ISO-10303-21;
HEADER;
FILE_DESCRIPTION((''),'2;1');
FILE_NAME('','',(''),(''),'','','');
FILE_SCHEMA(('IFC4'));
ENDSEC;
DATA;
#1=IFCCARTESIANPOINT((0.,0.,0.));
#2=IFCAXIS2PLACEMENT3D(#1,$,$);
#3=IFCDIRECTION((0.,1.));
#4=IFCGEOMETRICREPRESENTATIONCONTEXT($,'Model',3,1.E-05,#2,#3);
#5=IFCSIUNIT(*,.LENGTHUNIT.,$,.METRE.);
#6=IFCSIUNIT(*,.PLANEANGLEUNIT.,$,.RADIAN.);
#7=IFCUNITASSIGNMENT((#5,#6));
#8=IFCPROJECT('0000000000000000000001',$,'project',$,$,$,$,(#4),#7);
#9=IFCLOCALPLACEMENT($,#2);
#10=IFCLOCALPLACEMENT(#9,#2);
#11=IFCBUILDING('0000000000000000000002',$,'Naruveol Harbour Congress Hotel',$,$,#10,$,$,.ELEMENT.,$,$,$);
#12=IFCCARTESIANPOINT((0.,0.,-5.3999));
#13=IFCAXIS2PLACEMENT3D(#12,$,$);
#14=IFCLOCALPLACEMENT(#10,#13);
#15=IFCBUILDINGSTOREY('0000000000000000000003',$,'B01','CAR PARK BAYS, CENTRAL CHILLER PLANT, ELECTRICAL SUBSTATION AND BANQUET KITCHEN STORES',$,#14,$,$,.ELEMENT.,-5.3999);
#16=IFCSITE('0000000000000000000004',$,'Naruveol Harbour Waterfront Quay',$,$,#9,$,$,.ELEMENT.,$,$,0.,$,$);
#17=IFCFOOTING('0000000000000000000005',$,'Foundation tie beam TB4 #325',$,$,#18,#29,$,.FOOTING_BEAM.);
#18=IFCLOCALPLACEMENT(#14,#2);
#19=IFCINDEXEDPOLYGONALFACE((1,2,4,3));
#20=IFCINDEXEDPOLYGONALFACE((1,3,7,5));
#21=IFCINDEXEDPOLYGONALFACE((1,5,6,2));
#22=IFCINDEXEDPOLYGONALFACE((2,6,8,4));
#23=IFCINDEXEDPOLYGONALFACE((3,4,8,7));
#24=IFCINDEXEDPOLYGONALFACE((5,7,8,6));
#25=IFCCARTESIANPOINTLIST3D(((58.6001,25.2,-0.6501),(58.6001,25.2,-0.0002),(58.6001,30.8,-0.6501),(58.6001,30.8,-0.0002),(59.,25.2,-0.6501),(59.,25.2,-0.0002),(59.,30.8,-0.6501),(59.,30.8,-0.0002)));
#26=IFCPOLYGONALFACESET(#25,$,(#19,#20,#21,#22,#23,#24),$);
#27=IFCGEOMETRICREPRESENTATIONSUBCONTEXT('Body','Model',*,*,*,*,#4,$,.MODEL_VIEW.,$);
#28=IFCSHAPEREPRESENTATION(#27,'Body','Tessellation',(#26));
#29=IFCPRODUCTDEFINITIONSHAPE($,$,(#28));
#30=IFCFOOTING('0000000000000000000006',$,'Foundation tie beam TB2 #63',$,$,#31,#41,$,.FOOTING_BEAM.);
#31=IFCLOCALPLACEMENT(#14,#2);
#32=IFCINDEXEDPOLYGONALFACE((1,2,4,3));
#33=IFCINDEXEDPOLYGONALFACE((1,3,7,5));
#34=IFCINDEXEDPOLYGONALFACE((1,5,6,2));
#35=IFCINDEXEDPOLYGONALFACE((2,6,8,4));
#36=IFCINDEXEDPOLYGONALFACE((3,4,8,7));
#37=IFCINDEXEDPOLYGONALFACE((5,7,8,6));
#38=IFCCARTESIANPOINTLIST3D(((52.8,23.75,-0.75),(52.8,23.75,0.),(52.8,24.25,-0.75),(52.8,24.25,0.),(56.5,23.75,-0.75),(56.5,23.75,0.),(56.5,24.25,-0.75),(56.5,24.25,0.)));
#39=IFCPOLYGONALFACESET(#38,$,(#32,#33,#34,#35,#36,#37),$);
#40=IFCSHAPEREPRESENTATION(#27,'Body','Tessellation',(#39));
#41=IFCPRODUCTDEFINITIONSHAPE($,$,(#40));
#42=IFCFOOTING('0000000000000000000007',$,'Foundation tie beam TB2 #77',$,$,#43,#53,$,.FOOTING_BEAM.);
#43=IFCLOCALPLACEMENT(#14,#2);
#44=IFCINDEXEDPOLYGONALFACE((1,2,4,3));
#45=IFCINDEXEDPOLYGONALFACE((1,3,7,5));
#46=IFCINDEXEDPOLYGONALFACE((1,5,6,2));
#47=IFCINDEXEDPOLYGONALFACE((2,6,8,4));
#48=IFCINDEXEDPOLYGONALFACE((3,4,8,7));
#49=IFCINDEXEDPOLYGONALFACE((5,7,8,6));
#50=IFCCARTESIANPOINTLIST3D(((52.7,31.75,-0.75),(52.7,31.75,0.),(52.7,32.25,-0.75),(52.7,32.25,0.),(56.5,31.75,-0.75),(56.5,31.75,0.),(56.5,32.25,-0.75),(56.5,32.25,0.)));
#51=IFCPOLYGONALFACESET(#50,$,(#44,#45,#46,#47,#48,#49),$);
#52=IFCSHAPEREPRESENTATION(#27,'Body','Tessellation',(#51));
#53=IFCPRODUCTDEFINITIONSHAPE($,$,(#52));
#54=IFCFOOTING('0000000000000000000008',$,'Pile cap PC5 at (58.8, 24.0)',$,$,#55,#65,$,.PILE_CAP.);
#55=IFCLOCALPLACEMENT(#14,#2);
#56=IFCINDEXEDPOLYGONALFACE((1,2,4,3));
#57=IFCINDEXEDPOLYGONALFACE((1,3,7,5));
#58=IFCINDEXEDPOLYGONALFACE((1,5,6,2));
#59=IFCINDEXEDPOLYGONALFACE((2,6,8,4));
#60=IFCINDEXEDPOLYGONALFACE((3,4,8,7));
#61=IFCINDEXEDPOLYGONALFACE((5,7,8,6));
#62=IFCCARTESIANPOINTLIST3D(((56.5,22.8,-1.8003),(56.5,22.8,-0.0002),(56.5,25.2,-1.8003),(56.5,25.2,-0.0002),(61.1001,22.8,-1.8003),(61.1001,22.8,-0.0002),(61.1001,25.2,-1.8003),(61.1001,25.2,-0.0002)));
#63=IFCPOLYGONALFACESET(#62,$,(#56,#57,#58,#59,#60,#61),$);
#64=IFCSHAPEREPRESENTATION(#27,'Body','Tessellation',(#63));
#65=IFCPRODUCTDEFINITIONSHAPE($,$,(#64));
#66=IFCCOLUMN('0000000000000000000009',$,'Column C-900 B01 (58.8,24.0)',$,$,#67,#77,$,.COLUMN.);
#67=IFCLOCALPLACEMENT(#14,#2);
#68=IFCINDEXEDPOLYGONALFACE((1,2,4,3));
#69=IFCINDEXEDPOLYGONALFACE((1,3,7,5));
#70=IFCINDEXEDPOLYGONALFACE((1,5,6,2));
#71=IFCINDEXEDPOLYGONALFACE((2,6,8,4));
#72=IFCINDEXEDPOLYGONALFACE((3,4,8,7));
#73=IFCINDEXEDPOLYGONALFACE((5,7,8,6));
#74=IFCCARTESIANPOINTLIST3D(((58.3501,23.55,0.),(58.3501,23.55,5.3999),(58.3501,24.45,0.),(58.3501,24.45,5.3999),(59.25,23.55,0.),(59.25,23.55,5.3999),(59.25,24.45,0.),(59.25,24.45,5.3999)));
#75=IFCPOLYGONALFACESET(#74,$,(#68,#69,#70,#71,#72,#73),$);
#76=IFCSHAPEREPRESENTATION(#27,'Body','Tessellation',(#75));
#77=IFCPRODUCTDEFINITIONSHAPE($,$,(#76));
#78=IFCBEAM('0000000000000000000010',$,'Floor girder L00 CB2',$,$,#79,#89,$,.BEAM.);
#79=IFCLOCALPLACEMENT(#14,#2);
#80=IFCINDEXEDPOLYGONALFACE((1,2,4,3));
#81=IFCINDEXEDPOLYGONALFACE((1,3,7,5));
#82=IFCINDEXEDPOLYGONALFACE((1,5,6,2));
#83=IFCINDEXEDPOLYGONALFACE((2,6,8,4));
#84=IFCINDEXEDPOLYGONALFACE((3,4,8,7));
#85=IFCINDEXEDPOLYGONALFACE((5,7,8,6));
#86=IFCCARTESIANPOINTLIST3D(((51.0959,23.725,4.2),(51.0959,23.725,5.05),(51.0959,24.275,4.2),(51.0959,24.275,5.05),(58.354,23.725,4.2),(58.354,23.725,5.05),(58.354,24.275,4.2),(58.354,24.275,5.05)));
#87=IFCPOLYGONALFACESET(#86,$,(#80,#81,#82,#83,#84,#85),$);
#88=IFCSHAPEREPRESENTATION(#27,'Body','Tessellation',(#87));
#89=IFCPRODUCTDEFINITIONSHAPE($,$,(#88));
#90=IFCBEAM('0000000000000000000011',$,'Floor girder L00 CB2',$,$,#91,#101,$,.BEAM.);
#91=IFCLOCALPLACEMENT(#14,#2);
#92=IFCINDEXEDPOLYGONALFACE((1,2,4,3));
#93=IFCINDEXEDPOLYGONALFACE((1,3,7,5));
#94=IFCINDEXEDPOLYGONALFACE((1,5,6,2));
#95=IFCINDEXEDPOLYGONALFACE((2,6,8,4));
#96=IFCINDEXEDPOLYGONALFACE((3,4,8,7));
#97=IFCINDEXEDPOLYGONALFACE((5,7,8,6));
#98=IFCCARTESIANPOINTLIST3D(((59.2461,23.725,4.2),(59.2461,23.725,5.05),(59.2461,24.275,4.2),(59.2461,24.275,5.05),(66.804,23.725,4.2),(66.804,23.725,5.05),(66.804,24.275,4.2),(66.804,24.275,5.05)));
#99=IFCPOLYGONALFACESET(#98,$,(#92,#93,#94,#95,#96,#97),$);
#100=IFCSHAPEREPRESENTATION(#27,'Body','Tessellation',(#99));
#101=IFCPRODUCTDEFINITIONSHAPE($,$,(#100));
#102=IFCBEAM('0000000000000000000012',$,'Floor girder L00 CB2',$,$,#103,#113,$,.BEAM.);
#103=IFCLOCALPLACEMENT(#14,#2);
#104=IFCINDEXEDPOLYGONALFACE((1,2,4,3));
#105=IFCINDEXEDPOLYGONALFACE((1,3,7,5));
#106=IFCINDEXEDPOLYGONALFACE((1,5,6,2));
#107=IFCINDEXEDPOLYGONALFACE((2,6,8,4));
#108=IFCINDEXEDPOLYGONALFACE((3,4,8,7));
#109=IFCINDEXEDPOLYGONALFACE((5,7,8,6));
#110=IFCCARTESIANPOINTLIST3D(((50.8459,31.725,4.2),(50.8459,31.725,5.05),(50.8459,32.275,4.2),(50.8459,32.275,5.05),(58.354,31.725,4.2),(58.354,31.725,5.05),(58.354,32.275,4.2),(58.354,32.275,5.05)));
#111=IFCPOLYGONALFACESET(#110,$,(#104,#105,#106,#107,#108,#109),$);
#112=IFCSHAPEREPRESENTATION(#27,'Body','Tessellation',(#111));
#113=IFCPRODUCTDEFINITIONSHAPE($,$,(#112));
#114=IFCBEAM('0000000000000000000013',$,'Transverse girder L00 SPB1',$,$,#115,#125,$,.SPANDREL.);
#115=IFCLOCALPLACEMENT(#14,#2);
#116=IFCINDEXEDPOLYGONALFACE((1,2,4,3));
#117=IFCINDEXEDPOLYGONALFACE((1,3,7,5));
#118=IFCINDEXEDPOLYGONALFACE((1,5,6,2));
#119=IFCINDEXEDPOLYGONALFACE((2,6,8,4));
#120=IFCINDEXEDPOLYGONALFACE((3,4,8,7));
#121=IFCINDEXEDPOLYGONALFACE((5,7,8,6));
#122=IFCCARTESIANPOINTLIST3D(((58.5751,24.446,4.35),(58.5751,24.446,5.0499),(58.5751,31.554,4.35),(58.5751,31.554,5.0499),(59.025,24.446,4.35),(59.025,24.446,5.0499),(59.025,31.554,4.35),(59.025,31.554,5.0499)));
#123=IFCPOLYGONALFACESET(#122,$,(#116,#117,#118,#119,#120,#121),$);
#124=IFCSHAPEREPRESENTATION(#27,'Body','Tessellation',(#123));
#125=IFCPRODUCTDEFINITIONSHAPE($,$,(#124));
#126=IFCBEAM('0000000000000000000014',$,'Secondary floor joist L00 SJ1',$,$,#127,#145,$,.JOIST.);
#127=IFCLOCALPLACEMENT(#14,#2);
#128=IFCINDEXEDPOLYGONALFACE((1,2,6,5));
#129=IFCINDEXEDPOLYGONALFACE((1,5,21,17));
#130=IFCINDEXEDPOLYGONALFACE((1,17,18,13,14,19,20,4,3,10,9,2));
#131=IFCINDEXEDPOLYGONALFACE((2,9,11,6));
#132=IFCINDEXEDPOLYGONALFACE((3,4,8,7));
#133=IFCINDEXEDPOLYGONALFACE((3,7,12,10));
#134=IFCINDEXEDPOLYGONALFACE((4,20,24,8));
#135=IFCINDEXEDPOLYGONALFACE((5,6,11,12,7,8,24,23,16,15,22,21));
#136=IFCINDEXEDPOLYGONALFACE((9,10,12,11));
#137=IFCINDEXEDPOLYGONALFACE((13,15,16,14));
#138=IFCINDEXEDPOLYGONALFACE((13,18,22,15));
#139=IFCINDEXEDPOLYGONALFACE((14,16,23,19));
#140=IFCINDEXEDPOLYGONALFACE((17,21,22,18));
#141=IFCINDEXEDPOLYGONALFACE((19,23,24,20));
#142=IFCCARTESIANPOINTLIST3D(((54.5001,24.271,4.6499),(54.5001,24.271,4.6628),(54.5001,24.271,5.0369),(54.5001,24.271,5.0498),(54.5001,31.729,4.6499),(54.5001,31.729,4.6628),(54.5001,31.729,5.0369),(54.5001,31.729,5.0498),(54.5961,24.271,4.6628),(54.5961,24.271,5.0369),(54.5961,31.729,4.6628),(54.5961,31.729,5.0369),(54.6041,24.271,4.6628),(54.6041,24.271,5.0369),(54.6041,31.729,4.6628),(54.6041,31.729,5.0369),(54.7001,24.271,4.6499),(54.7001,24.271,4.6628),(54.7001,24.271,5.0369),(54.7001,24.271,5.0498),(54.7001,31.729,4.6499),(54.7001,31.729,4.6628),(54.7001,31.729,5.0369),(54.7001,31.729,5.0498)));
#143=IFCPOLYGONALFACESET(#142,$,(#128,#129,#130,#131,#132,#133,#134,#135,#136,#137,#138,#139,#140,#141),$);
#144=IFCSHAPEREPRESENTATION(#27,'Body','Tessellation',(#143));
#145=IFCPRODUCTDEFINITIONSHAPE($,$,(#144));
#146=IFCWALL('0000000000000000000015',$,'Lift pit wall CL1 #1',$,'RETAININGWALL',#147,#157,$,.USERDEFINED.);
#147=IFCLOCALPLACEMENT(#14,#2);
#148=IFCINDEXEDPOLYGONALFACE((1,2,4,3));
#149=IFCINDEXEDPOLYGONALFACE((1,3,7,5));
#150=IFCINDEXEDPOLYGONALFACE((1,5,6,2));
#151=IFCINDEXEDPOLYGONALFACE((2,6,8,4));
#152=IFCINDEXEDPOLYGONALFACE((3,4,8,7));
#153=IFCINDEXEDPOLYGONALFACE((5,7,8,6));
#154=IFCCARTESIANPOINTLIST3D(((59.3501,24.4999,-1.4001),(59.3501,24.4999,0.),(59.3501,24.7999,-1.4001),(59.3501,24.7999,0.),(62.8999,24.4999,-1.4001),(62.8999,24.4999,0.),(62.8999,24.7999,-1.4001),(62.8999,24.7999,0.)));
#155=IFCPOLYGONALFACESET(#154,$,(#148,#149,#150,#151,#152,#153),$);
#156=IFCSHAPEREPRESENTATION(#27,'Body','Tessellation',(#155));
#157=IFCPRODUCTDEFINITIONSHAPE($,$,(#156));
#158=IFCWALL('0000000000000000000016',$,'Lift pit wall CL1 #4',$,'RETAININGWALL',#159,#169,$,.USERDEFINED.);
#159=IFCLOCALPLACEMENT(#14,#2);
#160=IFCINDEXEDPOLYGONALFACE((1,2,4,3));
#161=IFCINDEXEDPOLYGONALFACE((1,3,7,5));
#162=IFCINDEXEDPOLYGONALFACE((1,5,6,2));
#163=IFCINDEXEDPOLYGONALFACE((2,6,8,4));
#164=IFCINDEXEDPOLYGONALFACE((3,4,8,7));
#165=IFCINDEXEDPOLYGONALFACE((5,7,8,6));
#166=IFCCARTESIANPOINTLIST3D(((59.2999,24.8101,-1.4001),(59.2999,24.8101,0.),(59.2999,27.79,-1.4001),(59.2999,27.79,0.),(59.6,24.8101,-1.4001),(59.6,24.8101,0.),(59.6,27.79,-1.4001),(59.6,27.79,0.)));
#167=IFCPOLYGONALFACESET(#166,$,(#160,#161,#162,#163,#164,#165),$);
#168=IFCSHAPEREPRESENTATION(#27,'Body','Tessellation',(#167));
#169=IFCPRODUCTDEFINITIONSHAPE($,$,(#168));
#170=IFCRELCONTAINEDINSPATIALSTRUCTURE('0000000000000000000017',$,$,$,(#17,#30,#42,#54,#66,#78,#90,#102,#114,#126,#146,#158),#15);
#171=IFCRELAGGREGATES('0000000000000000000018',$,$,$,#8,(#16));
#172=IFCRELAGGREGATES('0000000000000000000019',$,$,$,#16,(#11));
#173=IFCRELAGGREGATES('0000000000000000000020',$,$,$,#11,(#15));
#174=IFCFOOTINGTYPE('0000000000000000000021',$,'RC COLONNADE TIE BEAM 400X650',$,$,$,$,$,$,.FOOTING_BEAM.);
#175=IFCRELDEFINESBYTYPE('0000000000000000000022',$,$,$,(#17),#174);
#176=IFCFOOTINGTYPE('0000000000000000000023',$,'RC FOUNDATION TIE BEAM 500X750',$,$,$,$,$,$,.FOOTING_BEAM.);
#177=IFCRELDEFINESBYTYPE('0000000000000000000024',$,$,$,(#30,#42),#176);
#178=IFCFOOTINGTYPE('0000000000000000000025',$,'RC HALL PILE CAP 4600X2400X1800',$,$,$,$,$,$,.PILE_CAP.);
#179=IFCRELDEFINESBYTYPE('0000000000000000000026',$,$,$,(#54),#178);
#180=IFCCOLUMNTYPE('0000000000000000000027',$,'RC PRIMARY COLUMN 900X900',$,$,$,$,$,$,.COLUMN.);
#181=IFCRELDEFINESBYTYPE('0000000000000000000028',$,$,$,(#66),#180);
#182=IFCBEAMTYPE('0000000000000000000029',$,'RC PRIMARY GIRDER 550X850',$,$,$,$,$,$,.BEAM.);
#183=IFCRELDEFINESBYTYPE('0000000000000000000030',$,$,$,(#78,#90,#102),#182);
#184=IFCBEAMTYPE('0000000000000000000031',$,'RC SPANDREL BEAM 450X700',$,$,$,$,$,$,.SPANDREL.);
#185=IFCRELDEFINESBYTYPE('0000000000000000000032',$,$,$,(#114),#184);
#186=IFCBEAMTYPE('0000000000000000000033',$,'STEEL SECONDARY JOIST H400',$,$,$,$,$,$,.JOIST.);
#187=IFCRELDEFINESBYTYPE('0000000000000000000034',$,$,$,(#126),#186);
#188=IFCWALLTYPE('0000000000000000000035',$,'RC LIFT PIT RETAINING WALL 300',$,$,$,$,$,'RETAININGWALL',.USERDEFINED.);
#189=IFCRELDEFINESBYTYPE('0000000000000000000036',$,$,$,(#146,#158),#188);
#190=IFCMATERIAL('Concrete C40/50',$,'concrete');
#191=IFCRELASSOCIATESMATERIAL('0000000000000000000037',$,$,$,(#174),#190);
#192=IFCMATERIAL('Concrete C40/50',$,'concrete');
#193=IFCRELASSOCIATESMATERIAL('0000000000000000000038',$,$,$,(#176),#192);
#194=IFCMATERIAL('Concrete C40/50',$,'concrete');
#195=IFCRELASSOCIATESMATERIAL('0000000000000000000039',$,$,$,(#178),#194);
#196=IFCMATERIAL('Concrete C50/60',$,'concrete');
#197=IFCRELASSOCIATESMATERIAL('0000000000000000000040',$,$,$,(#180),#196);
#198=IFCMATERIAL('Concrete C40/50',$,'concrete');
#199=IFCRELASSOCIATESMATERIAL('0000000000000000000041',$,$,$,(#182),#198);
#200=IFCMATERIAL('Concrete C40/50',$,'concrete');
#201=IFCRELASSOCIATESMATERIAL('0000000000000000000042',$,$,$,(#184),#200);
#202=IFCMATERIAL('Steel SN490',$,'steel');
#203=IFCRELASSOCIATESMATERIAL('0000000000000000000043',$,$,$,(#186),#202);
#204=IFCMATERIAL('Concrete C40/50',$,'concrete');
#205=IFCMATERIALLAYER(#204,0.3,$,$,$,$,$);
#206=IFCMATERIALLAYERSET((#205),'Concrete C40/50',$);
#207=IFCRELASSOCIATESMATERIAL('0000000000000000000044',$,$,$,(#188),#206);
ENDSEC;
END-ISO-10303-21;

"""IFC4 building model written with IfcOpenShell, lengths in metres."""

from ifc_helpers import new_model, si_unit, direction, frame, frame_2d, origin, origin_2d, place, context, subcontext, project, spatial, rectangle, i_section, extrude, material, layer, layer_set, material_profile, profile_set, type_object, element, save


model = new_model("IFC4")

# Units and contexts
model_context = context("Model", 3, precision=1e-05, world=origin(), true_north=direction((0.0, 1.0)))
body_context = subcontext(model_context, "Body", "Model", "MODEL_VIEW")
ifc_project = project(units=[si_unit("LENGTHUNIT", "METRE"), si_unit("PLANEANGLEUNIT", "RADIAN")], contexts=[model_context])

# Site, building, storey
site_placement = place(None, origin())
site = spatial("IfcSite", under=ifc_project, at=site_placement, Name="Naruveol Harbour Waterfront Quay", CompositionType="ELEMENT", RefElevation=0.0)
building_placement = place(site_placement, origin())
building = spatial("IfcBuilding", under=site, at=building_placement, Name="Naruveol Harbour Congress Hotel", CompositionType="ELEMENT")
storey_placement = place(building_placement, frame((0.0, 0.0, -5.3999)))
storey = spatial("IfcBuildingStorey", under=building, at=storey_placement, Name="B01", Description="CAR PARK BAYS, CENTRAL CHILLER PLANT, ELECTRICAL SUBSTATION AND BANQUET KITCHEN STORES", CompositionType="ELEMENT", Elevation=-5.3999)

# Footings
ifc_material_1 = material(Name="Concrete C40/50", Category="concrete")
ifc_material_profile_1 = material_profile(ifc_material_1, rectangle(XDim=0.3999, YDim=0.6499, at=origin_2d()), Name="RCB-400x650")
ifc_profile_set_1 = profile_set([ifc_material_profile_1], Name="Concrete C40/50")
footing_type_1 = type_object("IfcFootingType", Name="RC COLONNADE TIE BEAM 400X650", PredefinedType="FOOTING_BEAM", material=ifc_profile_set_1)
footing_1_placement = place(storey_placement, frame((58.8, 25.2, -0.3252), z_axis=(0.0, 1.0, 0.0), x_axis=(-1.0, 0.0, 0.0)))
element("IfcFooting", 1, at=footing_1_placement, inside=storey, type_object=footing_type_1, Name="Foundation tie beam TB4 #325", PredefinedType="FOOTING_BEAM", context=body_context, shape_type="SweptSolid", body=[
    extrude(rectangle(XDim=0.3999, YDim=0.6499, at=origin_2d()), origin(), (0.0, 0.0, 1.0), 5.6001),
])
ifc_material_2 = material(Name="Concrete C40/50", Category="concrete")
ifc_material_profile_2 = material_profile(ifc_material_2, rectangle(XDim=0.5, YDim=0.75, at=origin_2d()), Name="RCB-500x750")
ifc_profile_set_2 = profile_set([ifc_material_profile_2], Name="Concrete C40/50")
footing_type_2 = type_object("IfcFootingType", Name="RC FOUNDATION TIE BEAM 500X750", PredefinedType="FOOTING_BEAM", material=ifc_profile_set_2)
footing_2_placement = place(storey_placement, frame((52.8, 24.0, -0.375), z_axis=(1.0, 0.0, 0.0), x_axis=(0.0, 1.0, 0.0)))
element("IfcFooting", 2, at=footing_2_placement, inside=storey, type_object=footing_type_2, Name="Foundation tie beam TB2 #63", PredefinedType="FOOTING_BEAM", context=body_context, shape_type="SweptSolid", body=[
    extrude(rectangle(XDim=0.5, YDim=0.75, at=origin_2d()), origin(), (0.0, 0.0, 1.0), 3.7),
])
footing_3_placement = place(storey_placement, frame((52.7, 32.0, -0.375), z_axis=(1.0, 0.0, 0.0), x_axis=(0.0, 1.0, 0.0)))
element("IfcFooting", 3, at=footing_3_placement, inside=storey, type_object=footing_type_2, Name="Foundation tie beam TB2 #77", PredefinedType="FOOTING_BEAM", context=body_context, shape_type="SweptSolid", body=[
    extrude(rectangle(XDim=0.5, YDim=0.75, at=origin_2d()), origin(), (0.0, 0.0, 1.0), 3.8),
])
ifc_material_3 = material(Name="Concrete C40/50", Category="concrete")
footing_type_3 = type_object("IfcFootingType", Name="RC HALL PILE CAP 4600X2400X1800", PredefinedType="PILE_CAP", material=ifc_material_3)
footing_4_placement = place(storey_placement, frame((58.8, 24.0, -1.8003), z_axis=(0.0, 0.0, 1.0), x_axis=(1.0, 0.0, 0.0)))
element("IfcFooting", 4, at=footing_4_placement, inside=storey, type_object=footing_type_3, Name="Pile cap PC5 at (58.8, 24.0)", PredefinedType="PILE_CAP", context=body_context, shape_type="SweptSolid", body=[
    extrude(rectangle(XDim=4.6001, YDim=2.3999, at=origin_2d()), origin(), (0.0, 0.0, 1.0), 1.8),
])

# Column
ifc_material_4 = material(Name="Concrete C50/60", Category="concrete")
ifc_material_profile_3 = material_profile(ifc_material_4, rectangle(XDim=0.8999, YDim=0.8999, at=origin_2d()), Name="RC-900x900")
ifc_profile_set_3 = profile_set([ifc_material_profile_3], Name="Concrete C50/60")
column_type = type_object("IfcColumnType", Name="RC PRIMARY COLUMN 900X900", PredefinedType="COLUMN", material=ifc_profile_set_3)
column_placement = place(storey_placement, frame((58.8, 24.0, 0.0), z_axis=(0.0, 0.0, 1.0), x_axis=(1.0, 0.0, 0.0)))
element("IfcColumn", 5, at=column_placement, inside=storey, type_object=column_type, Name="Column C-900 B01 (58.8,24.0)", PredefinedType="COLUMN", context=body_context, shape_type="SweptSolid", body=[
    extrude(rectangle(XDim=0.8999, YDim=0.8999, at=origin_2d()), origin(), (0.0, 0.0, 1.0), 5.3999),
])

# Beams
ifc_material_5 = material(Name="Concrete C40/50", Category="concrete")
ifc_material_profile_4 = material_profile(ifc_material_5, rectangle(XDim=0.55, YDim=0.8501, at=origin_2d()), Name="RCB-550x850")
ifc_profile_set_4 = profile_set([ifc_material_profile_4], Name="Concrete C40/50")
beam_type_1 = type_object("IfcBeamType", Name="RC PRIMARY GIRDER 550X850", PredefinedType="BEAM", material=ifc_profile_set_4)
beam_1_placement = place(storey_placement, frame((51.0959, 24.0, 4.625), z_axis=(1.0, 0.0, 0.0), x_axis=(0.0, 1.0, 0.0)))
element("IfcBeam", 6, at=beam_1_placement, inside=storey, type_object=beam_type_1, Name="Floor girder L00 CB2", PredefinedType="BEAM", context=body_context, shape_type="SweptSolid", body=[
    extrude(rectangle(XDim=0.55, YDim=0.8501, at=origin_2d()), origin(), (0.0, 0.0, 1.0), 7.2581),
])
beam_2_placement = place(storey_placement, frame((59.2461, 24.0, 4.625), z_axis=(1.0, 0.0, 0.0), x_axis=(0.0, 1.0, 0.0)))
element("IfcBeam", 7, at=beam_2_placement, inside=storey, type_object=beam_type_1, Name="Floor girder L00 CB2", PredefinedType="BEAM", context=body_context, shape_type="SweptSolid", body=[
    extrude(rectangle(XDim=0.55, YDim=0.8501, at=origin_2d()), origin(), (0.0, 0.0, 1.0), 7.5579),
])
beam_3_placement = place(storey_placement, frame((50.8459, 32.0, 4.625), z_axis=(1.0, 0.0, 0.0), x_axis=(0.0, 1.0, 0.0)))
element("IfcBeam", 8, at=beam_3_placement, inside=storey, type_object=beam_type_1, Name="Floor girder L00 CB2", PredefinedType="BEAM", context=body_context, shape_type="SweptSolid", body=[
    extrude(rectangle(XDim=0.55, YDim=0.8501, at=origin_2d()), origin(), (0.0, 0.0, 1.0), 7.5081),
])
ifc_material_6 = material(Name="Concrete C40/50", Category="concrete")
ifc_material_profile_5 = material_profile(ifc_material_6, rectangle(XDim=0.45, YDim=0.7, at=origin_2d()), Name="RCB-450x700")
ifc_profile_set_5 = profile_set([ifc_material_profile_5], Name="Concrete C40/50")
beam_type_2 = type_object("IfcBeamType", Name="RC SPANDREL BEAM 450X700", PredefinedType="SPANDREL", material=ifc_profile_set_5)
beam_4_placement = place(storey_placement, frame((58.8, 24.446, 4.7), z_axis=(0.0, 1.0, 0.0), x_axis=(-1.0, 0.0, 0.0)))
element("IfcBeam", 9, at=beam_4_placement, inside=storey, type_object=beam_type_2, Name="Transverse girder L00 SPB1", PredefinedType="SPANDREL", context=body_context, shape_type="SweptSolid", body=[
    extrude(rectangle(XDim=0.45, YDim=0.7, at=origin_2d()), origin(), (0.0, 0.0, 1.0), 7.1079),
])
ifc_material_7 = material(Name="Steel SN490", Category="steel")
ifc_material_profile_6 = material_profile(ifc_material_7, i_section(OverallWidth=0.2, OverallDepth=0.3999, WebThickness=0.0081, FlangeThickness=0.0129, at=origin_2d()), Name="H-400x200x8x13")
ifc_profile_set_6 = profile_set([ifc_material_profile_6], Name="Steel SN490")
beam_type_3 = type_object("IfcBeamType", Name="STEEL SECONDARY JOIST H400", PredefinedType="JOIST", material=ifc_profile_set_6)
beam_5_placement = place(storey_placement, frame((54.6001, 24.271, 4.8499), z_axis=(0.0, 1.0, 0.0), x_axis=(-1.0, 0.0, 0.0)))
element("IfcBeam", 10, at=beam_5_placement, inside=storey, type_object=beam_type_3, Name="Secondary floor joist L00 SJ1", PredefinedType="JOIST", context=body_context, shape_type="SweptSolid", body=[
    extrude(i_section(OverallWidth=0.2, OverallDepth=0.3999, WebThickness=0.0081, FlangeThickness=0.0129, at=origin_2d()), origin(), (0.0, 0.0, 1.0), 7.458),
])

# Walls
ifc_material_8 = material(Name="Concrete C40/50", Category="concrete")
ifc_layer_1 = layer(ifc_material_8, 0.3)
ifc_layer_set_1 = layer_set([ifc_layer_1], Name="Concrete C40/50")
wall_type_1 = type_object("IfcWallType", Name="RC LIFT PIT RETAINING WALL 300", ElementType="RETAININGWALL", PredefinedType="USERDEFINED", material=ifc_layer_set_1)
wall_1_placement = place(storey_placement, frame((59.3501, 24.6499, -1.4001), z_axis=(0.0, 0.0, 1.0), x_axis=(1.0, 0.0, 0.0)))
element("IfcWall", 11, at=wall_1_placement, inside=storey, type_object=wall_type_1, Name="Lift pit wall CL1 #1", ObjectType="RETAININGWALL", PredefinedType="USERDEFINED", context=body_context, shape_type="SweptSolid", body=[
    extrude(rectangle(XDim=3.5498, YDim=0.3, at=frame_2d((1.7749, 0.0))), origin(), (0.0, 0.0, 1.0), 1.4001),
])
wall_2_placement = place(storey_placement, frame((59.45, 27.79, -1.4001), z_axis=(0.0, 0.0, 1.0), x_axis=(0.0, -1.0, 0.0)))
element("IfcWall", 12, at=wall_2_placement, inside=storey, type_object=wall_type_1, Name="Lift pit wall CL1 #4", ObjectType="RETAININGWALL", PredefinedType="USERDEFINED", context=body_context, shape_type="SweptSolid", body=[
    extrude(rectangle(XDim=2.98, YDim=0.3, at=frame_2d((1.49, 0.0))), origin(), (0.0, 0.0, 1.0), 1.4001),
])

save(model, "model.ifc")
